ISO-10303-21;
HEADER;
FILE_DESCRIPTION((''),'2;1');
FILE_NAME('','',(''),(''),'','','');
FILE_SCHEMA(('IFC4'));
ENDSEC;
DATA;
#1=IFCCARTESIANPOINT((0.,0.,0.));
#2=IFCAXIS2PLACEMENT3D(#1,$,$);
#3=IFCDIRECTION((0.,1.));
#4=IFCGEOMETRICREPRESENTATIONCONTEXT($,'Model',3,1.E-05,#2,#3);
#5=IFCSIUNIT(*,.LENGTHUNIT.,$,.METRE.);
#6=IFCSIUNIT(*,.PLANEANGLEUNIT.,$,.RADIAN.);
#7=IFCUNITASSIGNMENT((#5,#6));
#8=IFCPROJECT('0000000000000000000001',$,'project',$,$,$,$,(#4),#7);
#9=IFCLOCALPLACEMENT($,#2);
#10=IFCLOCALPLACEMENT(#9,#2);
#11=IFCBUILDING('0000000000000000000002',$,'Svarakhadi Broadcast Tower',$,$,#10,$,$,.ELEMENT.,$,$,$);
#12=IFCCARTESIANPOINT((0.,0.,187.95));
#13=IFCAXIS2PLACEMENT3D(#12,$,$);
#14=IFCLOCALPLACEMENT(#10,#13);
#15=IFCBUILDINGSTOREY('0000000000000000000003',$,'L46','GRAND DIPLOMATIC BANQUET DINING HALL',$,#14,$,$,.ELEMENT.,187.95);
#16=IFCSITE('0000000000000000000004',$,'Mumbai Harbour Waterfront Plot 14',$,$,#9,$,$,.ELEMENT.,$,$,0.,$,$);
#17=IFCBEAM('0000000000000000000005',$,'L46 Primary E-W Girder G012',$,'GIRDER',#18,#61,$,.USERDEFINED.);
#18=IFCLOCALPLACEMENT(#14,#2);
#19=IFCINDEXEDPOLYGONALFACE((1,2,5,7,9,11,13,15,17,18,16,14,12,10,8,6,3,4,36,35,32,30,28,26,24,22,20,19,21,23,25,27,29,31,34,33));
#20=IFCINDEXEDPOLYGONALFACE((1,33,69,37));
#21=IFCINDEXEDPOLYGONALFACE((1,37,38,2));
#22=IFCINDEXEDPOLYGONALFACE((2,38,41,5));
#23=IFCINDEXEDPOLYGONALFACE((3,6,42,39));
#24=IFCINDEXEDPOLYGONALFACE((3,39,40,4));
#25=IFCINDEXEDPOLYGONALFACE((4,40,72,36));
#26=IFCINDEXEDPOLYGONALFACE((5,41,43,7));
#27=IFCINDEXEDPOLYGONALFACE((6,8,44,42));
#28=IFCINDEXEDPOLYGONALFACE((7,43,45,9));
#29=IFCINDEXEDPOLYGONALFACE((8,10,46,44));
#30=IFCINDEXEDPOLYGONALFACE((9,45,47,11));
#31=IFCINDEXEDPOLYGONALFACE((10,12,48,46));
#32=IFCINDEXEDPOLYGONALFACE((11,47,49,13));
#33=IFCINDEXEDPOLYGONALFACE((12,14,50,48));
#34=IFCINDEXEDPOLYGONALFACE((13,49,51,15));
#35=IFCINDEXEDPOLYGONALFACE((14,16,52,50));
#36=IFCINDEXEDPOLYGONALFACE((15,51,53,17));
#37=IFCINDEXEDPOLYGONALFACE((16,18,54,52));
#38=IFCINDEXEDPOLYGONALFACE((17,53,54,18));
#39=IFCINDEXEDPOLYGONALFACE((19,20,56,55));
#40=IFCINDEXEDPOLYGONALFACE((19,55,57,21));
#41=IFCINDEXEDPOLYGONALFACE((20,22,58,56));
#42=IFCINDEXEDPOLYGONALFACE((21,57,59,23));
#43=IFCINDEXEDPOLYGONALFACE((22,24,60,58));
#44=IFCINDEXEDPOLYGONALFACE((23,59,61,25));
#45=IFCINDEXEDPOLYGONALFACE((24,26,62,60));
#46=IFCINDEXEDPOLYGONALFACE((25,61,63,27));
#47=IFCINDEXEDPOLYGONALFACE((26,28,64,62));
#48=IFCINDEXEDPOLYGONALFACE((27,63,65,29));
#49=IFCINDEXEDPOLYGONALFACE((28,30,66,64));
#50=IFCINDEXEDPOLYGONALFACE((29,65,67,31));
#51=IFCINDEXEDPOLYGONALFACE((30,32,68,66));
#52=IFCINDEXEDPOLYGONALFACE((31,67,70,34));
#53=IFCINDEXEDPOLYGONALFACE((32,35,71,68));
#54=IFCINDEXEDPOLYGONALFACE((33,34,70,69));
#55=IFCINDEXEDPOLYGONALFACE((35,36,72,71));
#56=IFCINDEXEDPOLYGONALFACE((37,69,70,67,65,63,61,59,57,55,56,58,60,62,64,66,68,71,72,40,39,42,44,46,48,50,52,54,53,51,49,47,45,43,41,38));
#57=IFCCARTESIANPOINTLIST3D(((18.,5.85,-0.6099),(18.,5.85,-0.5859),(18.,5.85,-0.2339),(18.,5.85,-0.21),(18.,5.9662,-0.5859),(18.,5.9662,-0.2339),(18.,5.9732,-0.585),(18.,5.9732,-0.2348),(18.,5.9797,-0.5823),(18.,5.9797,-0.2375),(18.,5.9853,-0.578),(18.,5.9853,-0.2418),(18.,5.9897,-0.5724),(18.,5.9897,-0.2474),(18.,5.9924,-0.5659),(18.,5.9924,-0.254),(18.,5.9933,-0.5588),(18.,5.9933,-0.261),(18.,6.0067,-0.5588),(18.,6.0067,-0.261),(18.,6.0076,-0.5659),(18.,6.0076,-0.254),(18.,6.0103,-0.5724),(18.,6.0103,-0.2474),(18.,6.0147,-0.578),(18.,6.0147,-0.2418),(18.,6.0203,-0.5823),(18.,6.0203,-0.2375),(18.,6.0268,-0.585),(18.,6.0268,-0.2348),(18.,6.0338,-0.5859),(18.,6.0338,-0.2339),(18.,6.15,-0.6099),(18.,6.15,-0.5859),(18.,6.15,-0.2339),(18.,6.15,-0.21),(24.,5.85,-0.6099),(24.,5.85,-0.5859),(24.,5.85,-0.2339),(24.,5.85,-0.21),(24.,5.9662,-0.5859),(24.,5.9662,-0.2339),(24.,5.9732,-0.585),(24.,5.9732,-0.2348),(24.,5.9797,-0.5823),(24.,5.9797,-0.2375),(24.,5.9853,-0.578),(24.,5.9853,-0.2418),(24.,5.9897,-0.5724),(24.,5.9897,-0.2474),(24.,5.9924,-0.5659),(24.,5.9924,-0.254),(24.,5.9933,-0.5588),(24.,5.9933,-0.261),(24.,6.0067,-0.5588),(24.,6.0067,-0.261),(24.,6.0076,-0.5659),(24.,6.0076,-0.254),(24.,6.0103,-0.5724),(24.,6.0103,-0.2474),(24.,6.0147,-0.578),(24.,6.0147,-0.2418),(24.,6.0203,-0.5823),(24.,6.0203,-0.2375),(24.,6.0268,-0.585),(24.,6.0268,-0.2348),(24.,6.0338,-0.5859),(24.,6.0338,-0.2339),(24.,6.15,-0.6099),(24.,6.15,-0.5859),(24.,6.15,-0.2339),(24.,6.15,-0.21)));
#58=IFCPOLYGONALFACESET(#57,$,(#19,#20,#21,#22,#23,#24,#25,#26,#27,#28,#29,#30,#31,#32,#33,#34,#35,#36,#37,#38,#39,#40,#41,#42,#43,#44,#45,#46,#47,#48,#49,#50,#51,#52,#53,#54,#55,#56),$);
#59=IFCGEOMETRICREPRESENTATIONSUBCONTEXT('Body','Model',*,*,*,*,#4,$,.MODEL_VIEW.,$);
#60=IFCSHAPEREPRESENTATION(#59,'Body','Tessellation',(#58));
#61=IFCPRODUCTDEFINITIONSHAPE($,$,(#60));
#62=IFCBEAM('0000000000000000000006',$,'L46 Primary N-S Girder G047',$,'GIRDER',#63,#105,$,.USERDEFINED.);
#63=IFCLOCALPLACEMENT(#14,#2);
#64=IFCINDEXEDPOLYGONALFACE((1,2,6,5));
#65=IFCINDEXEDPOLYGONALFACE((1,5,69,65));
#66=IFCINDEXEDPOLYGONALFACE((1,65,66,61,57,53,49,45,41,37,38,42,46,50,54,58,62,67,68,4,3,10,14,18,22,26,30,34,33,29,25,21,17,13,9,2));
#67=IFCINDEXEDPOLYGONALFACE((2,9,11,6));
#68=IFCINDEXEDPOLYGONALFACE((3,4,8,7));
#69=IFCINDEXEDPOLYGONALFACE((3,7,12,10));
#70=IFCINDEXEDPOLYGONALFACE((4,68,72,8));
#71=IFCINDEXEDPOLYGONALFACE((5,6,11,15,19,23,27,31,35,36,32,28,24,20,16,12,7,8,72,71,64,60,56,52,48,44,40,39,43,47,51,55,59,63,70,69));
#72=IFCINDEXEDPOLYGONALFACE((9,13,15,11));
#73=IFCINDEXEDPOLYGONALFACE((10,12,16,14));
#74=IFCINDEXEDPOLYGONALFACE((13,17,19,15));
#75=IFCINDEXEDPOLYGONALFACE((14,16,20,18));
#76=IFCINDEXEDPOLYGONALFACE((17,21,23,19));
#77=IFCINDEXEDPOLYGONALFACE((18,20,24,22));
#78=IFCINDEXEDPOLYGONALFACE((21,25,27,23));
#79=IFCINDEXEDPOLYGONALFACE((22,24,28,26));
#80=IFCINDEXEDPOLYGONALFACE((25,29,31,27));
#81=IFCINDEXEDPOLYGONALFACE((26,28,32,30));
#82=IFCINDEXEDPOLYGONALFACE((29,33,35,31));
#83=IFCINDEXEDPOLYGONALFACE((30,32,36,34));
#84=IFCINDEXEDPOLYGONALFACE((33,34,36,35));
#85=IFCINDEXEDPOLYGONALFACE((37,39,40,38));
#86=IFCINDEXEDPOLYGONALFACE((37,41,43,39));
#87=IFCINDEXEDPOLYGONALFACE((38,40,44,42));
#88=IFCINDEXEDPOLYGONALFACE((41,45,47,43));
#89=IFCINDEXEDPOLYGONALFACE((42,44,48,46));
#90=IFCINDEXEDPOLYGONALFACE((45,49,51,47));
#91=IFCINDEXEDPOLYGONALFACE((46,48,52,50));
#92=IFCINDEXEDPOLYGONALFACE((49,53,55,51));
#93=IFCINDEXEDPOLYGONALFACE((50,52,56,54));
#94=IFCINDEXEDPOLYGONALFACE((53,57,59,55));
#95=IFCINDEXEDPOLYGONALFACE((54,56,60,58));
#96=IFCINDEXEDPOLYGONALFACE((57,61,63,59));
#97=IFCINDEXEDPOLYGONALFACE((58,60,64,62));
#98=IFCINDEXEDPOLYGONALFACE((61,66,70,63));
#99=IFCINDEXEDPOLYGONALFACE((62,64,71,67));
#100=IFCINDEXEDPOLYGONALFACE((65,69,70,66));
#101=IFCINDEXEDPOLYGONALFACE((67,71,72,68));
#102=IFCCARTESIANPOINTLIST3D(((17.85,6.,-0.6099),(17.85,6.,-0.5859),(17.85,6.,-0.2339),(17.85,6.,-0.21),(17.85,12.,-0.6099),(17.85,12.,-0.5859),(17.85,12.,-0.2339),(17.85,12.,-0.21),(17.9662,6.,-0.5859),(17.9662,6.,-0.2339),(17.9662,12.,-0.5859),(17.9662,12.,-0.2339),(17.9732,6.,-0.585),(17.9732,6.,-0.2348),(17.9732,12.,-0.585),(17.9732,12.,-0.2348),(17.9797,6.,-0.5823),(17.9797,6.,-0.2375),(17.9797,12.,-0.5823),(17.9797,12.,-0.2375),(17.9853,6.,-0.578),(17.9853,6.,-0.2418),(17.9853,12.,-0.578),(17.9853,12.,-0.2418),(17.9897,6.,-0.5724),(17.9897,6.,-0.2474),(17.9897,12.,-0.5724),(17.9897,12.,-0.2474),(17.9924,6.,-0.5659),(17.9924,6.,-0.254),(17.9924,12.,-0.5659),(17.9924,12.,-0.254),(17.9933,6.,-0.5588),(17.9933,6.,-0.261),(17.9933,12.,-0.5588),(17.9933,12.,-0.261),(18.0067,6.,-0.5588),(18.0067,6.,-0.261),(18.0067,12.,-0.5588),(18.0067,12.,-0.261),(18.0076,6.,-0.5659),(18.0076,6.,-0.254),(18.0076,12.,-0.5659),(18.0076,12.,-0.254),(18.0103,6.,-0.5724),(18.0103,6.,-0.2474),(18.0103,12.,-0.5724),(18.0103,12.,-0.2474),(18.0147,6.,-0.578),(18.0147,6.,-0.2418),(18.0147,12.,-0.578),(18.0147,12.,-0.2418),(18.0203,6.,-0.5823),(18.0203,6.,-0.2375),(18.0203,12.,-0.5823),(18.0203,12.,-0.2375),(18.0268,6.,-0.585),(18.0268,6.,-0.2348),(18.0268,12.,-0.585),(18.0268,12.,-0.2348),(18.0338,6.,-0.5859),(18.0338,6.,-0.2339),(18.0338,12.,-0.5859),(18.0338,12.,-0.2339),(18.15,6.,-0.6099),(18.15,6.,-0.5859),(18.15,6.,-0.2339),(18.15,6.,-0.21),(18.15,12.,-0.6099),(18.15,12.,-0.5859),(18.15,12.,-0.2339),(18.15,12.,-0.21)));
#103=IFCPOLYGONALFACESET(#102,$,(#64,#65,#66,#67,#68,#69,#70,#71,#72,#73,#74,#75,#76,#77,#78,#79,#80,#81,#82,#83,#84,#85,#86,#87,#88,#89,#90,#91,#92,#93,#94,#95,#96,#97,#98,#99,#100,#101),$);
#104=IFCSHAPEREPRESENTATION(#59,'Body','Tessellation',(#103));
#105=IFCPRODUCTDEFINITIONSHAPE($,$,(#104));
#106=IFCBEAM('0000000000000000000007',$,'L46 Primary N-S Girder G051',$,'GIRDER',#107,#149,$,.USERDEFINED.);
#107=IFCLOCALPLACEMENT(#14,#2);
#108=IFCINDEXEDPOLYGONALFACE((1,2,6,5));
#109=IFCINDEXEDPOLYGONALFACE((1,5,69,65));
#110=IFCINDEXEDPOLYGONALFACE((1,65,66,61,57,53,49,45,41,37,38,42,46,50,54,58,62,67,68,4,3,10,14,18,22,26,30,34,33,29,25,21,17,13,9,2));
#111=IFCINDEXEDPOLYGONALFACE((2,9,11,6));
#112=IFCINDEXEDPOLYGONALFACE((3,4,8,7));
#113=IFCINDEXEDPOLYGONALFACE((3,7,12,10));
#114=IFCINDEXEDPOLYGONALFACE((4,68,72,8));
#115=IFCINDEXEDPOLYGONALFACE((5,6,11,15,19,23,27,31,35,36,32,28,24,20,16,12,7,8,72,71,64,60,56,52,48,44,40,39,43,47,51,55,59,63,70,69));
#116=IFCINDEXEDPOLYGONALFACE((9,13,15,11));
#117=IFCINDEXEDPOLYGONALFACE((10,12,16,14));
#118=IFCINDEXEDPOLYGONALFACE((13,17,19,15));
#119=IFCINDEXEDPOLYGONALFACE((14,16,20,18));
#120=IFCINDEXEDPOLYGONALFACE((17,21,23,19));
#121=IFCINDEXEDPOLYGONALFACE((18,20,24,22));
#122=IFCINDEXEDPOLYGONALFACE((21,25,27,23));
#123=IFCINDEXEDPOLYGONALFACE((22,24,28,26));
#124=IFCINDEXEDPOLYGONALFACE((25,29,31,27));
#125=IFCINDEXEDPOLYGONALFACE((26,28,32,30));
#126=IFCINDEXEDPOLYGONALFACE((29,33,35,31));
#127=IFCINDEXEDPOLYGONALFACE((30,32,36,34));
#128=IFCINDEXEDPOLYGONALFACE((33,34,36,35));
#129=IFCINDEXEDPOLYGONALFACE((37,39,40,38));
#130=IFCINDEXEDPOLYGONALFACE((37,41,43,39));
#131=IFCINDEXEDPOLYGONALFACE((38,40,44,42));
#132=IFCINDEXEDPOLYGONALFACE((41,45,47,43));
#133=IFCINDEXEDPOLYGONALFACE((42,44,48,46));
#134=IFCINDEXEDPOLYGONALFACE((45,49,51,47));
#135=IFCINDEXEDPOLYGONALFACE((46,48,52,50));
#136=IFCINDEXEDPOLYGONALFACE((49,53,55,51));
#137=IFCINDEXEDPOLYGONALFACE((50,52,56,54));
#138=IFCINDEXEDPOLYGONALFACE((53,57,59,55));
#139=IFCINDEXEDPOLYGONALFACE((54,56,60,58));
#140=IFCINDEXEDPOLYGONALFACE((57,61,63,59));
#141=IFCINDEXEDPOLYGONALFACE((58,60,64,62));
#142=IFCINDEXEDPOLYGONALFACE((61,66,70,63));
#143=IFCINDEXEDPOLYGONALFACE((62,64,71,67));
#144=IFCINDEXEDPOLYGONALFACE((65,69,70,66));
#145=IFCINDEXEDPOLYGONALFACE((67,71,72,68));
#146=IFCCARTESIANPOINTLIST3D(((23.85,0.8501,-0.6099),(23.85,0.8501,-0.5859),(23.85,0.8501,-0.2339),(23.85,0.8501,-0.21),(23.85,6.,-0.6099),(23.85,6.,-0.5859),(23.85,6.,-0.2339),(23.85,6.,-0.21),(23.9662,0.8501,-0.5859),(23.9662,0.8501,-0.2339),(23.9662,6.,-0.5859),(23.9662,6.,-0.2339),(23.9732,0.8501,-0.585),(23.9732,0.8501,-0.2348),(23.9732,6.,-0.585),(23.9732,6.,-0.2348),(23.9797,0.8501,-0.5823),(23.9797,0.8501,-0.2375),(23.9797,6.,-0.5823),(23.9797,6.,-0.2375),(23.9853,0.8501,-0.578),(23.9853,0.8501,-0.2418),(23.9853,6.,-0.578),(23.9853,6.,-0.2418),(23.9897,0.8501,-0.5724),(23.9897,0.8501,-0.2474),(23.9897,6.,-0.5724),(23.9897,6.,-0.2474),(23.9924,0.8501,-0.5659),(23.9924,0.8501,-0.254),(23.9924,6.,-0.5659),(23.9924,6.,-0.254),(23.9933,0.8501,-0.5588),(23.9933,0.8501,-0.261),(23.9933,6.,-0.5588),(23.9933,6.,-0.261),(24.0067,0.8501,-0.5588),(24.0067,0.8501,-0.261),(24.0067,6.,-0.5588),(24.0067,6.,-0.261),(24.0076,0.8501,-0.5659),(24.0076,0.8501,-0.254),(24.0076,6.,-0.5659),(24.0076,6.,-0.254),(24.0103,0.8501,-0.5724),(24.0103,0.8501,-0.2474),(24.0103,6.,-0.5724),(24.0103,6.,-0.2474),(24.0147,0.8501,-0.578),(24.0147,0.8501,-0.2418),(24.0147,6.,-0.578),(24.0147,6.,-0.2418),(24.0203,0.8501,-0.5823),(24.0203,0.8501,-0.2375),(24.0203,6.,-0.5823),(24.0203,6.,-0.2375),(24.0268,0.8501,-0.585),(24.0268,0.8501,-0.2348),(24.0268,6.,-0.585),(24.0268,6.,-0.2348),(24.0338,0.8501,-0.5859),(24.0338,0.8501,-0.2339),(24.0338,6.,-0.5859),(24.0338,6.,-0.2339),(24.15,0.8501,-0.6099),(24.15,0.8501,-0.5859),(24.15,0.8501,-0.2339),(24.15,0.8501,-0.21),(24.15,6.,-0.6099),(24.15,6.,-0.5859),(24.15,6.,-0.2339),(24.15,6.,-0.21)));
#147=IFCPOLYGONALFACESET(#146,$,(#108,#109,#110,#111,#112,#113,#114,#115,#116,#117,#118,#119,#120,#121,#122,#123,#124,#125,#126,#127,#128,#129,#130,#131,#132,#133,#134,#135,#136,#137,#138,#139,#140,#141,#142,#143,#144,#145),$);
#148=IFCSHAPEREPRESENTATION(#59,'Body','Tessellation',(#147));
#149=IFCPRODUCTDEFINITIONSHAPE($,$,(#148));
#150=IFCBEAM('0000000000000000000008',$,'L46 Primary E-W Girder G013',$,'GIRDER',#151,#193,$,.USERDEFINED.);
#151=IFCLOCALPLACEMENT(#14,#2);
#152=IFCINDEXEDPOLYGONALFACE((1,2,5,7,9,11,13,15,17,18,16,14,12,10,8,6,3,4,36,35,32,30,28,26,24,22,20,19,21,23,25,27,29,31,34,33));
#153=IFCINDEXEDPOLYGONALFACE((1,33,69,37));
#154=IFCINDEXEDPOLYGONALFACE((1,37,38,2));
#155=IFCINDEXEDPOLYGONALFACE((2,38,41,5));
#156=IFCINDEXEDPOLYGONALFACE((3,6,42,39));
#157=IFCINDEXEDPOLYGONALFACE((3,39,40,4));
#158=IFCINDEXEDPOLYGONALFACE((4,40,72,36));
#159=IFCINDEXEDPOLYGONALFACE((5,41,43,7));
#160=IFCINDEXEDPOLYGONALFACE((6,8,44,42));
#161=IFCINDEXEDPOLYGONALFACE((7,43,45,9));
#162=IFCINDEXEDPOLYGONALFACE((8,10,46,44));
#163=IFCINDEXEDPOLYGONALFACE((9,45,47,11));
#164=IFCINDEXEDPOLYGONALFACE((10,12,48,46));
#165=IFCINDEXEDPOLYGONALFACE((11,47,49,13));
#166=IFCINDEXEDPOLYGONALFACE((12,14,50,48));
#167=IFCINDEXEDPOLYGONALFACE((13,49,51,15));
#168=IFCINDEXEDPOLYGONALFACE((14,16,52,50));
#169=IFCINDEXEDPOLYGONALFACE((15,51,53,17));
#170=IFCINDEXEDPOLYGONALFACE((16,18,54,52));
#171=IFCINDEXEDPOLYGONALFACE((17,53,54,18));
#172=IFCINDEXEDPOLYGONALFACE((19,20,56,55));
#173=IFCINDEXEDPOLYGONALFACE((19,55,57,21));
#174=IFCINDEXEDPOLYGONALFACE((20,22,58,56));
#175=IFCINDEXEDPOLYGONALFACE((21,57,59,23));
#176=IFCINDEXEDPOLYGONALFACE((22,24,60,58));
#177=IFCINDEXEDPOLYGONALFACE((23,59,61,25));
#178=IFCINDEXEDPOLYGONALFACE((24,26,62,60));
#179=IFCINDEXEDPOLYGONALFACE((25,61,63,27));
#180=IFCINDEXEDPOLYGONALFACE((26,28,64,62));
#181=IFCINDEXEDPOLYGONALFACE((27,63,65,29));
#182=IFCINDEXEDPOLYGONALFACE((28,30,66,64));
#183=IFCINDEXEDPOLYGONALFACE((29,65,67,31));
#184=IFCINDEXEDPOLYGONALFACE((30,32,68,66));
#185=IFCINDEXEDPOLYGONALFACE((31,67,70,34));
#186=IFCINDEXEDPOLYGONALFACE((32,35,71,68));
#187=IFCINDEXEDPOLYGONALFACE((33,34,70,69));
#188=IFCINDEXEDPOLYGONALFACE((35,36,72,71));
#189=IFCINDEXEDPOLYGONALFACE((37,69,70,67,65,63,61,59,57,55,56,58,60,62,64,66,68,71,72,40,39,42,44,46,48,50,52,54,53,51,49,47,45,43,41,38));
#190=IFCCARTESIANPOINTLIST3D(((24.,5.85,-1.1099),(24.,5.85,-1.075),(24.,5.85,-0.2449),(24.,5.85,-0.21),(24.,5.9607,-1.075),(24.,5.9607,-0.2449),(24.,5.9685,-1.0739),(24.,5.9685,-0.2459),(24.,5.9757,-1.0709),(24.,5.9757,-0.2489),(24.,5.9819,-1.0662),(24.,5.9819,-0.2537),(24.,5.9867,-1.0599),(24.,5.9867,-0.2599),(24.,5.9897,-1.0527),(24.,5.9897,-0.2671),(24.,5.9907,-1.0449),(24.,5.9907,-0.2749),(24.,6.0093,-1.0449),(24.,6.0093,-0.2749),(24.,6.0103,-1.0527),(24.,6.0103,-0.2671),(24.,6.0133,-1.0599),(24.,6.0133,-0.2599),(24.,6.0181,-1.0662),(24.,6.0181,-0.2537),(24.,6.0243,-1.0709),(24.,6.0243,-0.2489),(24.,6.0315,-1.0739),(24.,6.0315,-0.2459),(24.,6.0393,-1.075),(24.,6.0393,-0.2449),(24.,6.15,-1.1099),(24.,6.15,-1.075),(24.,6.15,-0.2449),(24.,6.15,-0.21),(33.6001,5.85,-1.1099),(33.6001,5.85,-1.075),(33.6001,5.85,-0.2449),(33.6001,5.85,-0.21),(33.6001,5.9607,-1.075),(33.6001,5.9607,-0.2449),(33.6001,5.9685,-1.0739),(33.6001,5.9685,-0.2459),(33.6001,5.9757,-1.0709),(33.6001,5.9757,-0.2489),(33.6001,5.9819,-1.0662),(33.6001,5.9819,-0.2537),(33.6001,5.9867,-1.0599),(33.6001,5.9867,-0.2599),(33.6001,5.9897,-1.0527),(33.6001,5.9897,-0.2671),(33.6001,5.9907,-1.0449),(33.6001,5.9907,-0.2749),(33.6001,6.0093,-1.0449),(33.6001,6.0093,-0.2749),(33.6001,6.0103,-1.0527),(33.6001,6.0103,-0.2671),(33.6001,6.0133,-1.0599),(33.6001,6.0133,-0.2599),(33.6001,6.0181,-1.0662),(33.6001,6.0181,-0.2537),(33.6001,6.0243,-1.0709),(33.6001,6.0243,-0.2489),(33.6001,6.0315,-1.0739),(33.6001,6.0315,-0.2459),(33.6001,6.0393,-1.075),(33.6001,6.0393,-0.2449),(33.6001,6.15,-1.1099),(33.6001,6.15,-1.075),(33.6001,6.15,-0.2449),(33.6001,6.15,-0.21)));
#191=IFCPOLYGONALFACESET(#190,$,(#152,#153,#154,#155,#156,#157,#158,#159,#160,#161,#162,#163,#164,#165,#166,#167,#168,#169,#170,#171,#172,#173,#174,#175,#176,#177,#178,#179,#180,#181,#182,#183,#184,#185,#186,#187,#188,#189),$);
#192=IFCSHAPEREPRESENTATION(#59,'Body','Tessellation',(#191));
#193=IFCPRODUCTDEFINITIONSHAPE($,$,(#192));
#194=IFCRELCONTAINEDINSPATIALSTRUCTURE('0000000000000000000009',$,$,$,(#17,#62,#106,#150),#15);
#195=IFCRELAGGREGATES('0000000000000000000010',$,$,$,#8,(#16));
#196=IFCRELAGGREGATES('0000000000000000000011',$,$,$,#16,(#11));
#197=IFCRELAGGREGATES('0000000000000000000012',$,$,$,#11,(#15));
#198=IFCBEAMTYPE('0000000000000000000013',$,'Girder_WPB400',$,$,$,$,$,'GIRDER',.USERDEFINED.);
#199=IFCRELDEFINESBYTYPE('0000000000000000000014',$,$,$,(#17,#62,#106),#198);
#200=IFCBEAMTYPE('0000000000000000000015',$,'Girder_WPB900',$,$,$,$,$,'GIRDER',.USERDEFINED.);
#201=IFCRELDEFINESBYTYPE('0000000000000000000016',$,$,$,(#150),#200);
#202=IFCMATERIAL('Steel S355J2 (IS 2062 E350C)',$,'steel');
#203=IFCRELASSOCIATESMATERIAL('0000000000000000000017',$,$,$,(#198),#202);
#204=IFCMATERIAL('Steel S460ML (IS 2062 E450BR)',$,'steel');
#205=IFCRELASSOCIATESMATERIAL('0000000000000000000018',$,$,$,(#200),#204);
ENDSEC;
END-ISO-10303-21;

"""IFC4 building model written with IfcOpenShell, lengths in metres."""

from ifc_helpers import new_model, si_unit, direction, frame, origin, origin_2d, place, context, subcontext, project, spatial, i_section, extrude, material, material_profile, profile_set, type_object, element, save


model = new_model("IFC4")

# Units and contexts
model_context = context("Model", 3, precision=1e-05, world=origin(), true_north=direction((0.0, 1.0)))
body_context = subcontext(model_context, "Body", "Model", "MODEL_VIEW")
ifc_project = project(units=[si_unit("LENGTHUNIT", "METRE"), si_unit("PLANEANGLEUNIT", "RADIAN")], contexts=[model_context])

# Site, building, storey
site_placement = place(None, origin())
site = spatial("IfcSite", under=ifc_project, at=site_placement, Name="Mumbai Harbour Waterfront Plot 14", CompositionType="ELEMENT", RefElevation=0.0)
building_placement = place(site_placement, origin())
building = spatial("IfcBuilding", under=site, at=building_placement, Name="Svarakhadi Broadcast Tower", CompositionType="ELEMENT")
storey_placement = place(building_placement, frame((0.0, 0.0, 187.95)))
storey = spatial("IfcBuildingStorey", under=building, at=storey_placement, Name="L46", Description="GRAND DIPLOMATIC BANQUET DINING HALL", CompositionType="ELEMENT", Elevation=187.95)

# Beams
ifc_material_1 = material(Name="Steel S355J2 (IS 2062 E350C)", Category="steel")
ifc_material_profile_1 = material_profile(ifc_material_1, i_section(OverallWidth=0.3, OverallDepth=0.3999, WebThickness=0.0134, FlangeThickness=0.0239, FilletRadius=0.0271, at=origin_2d()), Name="WPB 400x300x155")
ifc_profile_set_1 = profile_set([ifc_material_profile_1], Name="Steel S355J2 (IS 2062 E350C)")
beam_type_1 = type_object("IfcBeamType", Name="Girder_WPB400", ElementType="GIRDER", PredefinedType="USERDEFINED", material=ifc_profile_set_1)
for number, where, z_axis, x_axis, name in (
    (1, (18.0, 6.0, -0.4099), (1.0, 0.0, 0.0), (0.0, 1.0, 0.0), "L46 Primary E-W Girder G012"),
    (2, (18.0, 6.0, -0.4099), (0.0, 1.0, 0.0), (-1.0, 0.0, 0.0), "L46 Primary N-S Girder G047"),
):
    element("IfcBeam", number, at=place(storey_placement, frame(where, z_axis=z_axis, x_axis=x_axis)), inside=storey, type_object=beam_type_1, Name=name, ObjectType="GIRDER", PredefinedType="USERDEFINED", context=body_context, shape_type="SweptSolid", body=[
        extrude(i_section(OverallWidth=0.3, OverallDepth=0.3999, WebThickness=0.0134, FlangeThickness=0.0239, FilletRadius=0.0271, at=origin_2d()), origin(), (0.0, 0.0, 1.0), 6.0),
    ])
beam_1_placement = place(storey_placement, frame((24.0, 0.8501, -0.4099), z_axis=(0.0, 1.0, 0.0), x_axis=(-1.0, 0.0, 0.0)))
element("IfcBeam", 3, at=beam_1_placement, inside=storey, type_object=beam_type_1, Name="L46 Primary N-S Girder G051", ObjectType="GIRDER", PredefinedType="USERDEFINED", context=body_context, shape_type="SweptSolid", body=[
    extrude(i_section(OverallWidth=0.3, OverallDepth=0.3999, WebThickness=0.0134, FlangeThickness=0.0239, FilletRadius=0.0271, at=origin_2d()), origin(), (0.0, 0.0, 1.0), 5.1499),
])
ifc_material_2 = material(Name="Steel S460ML (IS 2062 E450BR)", Category="steel")
ifc_material_profile_2 = material_profile(ifc_material_2, i_section(OverallWidth=0.3, OverallDepth=0.8999, WebThickness=0.0186, FlangeThickness=0.0349, FilletRadius=0.03, at=origin_2d()), Name="WPB 900x300x291")
ifc_profile_set_2 = profile_set([ifc_material_profile_2], Name="Steel S460ML (IS 2062 E450BR)")
beam_type_2 = type_object("IfcBeamType", Name="Girder_WPB900", ElementType="GIRDER", PredefinedType="USERDEFINED", material=ifc_profile_set_2)
beam_2_placement = place(storey_placement, frame((24.0, 6.0, -0.6599), z_axis=(1.0, 0.0, 0.0), x_axis=(0.0, 1.0, 0.0)))
element("IfcBeam", 4, at=beam_2_placement, inside=storey, type_object=beam_type_2, Name="L46 Primary E-W Girder G013", ObjectType="GIRDER", PredefinedType="USERDEFINED", context=body_context, shape_type="SweptSolid", body=[
    extrude(i_section(OverallWidth=0.3, OverallDepth=0.8999, WebThickness=0.0186, FlangeThickness=0.0349, FilletRadius=0.03, at=origin_2d()), origin(), (0.0, 0.0, 1.0), 9.6001),
])

save(model, "model.ifc")
